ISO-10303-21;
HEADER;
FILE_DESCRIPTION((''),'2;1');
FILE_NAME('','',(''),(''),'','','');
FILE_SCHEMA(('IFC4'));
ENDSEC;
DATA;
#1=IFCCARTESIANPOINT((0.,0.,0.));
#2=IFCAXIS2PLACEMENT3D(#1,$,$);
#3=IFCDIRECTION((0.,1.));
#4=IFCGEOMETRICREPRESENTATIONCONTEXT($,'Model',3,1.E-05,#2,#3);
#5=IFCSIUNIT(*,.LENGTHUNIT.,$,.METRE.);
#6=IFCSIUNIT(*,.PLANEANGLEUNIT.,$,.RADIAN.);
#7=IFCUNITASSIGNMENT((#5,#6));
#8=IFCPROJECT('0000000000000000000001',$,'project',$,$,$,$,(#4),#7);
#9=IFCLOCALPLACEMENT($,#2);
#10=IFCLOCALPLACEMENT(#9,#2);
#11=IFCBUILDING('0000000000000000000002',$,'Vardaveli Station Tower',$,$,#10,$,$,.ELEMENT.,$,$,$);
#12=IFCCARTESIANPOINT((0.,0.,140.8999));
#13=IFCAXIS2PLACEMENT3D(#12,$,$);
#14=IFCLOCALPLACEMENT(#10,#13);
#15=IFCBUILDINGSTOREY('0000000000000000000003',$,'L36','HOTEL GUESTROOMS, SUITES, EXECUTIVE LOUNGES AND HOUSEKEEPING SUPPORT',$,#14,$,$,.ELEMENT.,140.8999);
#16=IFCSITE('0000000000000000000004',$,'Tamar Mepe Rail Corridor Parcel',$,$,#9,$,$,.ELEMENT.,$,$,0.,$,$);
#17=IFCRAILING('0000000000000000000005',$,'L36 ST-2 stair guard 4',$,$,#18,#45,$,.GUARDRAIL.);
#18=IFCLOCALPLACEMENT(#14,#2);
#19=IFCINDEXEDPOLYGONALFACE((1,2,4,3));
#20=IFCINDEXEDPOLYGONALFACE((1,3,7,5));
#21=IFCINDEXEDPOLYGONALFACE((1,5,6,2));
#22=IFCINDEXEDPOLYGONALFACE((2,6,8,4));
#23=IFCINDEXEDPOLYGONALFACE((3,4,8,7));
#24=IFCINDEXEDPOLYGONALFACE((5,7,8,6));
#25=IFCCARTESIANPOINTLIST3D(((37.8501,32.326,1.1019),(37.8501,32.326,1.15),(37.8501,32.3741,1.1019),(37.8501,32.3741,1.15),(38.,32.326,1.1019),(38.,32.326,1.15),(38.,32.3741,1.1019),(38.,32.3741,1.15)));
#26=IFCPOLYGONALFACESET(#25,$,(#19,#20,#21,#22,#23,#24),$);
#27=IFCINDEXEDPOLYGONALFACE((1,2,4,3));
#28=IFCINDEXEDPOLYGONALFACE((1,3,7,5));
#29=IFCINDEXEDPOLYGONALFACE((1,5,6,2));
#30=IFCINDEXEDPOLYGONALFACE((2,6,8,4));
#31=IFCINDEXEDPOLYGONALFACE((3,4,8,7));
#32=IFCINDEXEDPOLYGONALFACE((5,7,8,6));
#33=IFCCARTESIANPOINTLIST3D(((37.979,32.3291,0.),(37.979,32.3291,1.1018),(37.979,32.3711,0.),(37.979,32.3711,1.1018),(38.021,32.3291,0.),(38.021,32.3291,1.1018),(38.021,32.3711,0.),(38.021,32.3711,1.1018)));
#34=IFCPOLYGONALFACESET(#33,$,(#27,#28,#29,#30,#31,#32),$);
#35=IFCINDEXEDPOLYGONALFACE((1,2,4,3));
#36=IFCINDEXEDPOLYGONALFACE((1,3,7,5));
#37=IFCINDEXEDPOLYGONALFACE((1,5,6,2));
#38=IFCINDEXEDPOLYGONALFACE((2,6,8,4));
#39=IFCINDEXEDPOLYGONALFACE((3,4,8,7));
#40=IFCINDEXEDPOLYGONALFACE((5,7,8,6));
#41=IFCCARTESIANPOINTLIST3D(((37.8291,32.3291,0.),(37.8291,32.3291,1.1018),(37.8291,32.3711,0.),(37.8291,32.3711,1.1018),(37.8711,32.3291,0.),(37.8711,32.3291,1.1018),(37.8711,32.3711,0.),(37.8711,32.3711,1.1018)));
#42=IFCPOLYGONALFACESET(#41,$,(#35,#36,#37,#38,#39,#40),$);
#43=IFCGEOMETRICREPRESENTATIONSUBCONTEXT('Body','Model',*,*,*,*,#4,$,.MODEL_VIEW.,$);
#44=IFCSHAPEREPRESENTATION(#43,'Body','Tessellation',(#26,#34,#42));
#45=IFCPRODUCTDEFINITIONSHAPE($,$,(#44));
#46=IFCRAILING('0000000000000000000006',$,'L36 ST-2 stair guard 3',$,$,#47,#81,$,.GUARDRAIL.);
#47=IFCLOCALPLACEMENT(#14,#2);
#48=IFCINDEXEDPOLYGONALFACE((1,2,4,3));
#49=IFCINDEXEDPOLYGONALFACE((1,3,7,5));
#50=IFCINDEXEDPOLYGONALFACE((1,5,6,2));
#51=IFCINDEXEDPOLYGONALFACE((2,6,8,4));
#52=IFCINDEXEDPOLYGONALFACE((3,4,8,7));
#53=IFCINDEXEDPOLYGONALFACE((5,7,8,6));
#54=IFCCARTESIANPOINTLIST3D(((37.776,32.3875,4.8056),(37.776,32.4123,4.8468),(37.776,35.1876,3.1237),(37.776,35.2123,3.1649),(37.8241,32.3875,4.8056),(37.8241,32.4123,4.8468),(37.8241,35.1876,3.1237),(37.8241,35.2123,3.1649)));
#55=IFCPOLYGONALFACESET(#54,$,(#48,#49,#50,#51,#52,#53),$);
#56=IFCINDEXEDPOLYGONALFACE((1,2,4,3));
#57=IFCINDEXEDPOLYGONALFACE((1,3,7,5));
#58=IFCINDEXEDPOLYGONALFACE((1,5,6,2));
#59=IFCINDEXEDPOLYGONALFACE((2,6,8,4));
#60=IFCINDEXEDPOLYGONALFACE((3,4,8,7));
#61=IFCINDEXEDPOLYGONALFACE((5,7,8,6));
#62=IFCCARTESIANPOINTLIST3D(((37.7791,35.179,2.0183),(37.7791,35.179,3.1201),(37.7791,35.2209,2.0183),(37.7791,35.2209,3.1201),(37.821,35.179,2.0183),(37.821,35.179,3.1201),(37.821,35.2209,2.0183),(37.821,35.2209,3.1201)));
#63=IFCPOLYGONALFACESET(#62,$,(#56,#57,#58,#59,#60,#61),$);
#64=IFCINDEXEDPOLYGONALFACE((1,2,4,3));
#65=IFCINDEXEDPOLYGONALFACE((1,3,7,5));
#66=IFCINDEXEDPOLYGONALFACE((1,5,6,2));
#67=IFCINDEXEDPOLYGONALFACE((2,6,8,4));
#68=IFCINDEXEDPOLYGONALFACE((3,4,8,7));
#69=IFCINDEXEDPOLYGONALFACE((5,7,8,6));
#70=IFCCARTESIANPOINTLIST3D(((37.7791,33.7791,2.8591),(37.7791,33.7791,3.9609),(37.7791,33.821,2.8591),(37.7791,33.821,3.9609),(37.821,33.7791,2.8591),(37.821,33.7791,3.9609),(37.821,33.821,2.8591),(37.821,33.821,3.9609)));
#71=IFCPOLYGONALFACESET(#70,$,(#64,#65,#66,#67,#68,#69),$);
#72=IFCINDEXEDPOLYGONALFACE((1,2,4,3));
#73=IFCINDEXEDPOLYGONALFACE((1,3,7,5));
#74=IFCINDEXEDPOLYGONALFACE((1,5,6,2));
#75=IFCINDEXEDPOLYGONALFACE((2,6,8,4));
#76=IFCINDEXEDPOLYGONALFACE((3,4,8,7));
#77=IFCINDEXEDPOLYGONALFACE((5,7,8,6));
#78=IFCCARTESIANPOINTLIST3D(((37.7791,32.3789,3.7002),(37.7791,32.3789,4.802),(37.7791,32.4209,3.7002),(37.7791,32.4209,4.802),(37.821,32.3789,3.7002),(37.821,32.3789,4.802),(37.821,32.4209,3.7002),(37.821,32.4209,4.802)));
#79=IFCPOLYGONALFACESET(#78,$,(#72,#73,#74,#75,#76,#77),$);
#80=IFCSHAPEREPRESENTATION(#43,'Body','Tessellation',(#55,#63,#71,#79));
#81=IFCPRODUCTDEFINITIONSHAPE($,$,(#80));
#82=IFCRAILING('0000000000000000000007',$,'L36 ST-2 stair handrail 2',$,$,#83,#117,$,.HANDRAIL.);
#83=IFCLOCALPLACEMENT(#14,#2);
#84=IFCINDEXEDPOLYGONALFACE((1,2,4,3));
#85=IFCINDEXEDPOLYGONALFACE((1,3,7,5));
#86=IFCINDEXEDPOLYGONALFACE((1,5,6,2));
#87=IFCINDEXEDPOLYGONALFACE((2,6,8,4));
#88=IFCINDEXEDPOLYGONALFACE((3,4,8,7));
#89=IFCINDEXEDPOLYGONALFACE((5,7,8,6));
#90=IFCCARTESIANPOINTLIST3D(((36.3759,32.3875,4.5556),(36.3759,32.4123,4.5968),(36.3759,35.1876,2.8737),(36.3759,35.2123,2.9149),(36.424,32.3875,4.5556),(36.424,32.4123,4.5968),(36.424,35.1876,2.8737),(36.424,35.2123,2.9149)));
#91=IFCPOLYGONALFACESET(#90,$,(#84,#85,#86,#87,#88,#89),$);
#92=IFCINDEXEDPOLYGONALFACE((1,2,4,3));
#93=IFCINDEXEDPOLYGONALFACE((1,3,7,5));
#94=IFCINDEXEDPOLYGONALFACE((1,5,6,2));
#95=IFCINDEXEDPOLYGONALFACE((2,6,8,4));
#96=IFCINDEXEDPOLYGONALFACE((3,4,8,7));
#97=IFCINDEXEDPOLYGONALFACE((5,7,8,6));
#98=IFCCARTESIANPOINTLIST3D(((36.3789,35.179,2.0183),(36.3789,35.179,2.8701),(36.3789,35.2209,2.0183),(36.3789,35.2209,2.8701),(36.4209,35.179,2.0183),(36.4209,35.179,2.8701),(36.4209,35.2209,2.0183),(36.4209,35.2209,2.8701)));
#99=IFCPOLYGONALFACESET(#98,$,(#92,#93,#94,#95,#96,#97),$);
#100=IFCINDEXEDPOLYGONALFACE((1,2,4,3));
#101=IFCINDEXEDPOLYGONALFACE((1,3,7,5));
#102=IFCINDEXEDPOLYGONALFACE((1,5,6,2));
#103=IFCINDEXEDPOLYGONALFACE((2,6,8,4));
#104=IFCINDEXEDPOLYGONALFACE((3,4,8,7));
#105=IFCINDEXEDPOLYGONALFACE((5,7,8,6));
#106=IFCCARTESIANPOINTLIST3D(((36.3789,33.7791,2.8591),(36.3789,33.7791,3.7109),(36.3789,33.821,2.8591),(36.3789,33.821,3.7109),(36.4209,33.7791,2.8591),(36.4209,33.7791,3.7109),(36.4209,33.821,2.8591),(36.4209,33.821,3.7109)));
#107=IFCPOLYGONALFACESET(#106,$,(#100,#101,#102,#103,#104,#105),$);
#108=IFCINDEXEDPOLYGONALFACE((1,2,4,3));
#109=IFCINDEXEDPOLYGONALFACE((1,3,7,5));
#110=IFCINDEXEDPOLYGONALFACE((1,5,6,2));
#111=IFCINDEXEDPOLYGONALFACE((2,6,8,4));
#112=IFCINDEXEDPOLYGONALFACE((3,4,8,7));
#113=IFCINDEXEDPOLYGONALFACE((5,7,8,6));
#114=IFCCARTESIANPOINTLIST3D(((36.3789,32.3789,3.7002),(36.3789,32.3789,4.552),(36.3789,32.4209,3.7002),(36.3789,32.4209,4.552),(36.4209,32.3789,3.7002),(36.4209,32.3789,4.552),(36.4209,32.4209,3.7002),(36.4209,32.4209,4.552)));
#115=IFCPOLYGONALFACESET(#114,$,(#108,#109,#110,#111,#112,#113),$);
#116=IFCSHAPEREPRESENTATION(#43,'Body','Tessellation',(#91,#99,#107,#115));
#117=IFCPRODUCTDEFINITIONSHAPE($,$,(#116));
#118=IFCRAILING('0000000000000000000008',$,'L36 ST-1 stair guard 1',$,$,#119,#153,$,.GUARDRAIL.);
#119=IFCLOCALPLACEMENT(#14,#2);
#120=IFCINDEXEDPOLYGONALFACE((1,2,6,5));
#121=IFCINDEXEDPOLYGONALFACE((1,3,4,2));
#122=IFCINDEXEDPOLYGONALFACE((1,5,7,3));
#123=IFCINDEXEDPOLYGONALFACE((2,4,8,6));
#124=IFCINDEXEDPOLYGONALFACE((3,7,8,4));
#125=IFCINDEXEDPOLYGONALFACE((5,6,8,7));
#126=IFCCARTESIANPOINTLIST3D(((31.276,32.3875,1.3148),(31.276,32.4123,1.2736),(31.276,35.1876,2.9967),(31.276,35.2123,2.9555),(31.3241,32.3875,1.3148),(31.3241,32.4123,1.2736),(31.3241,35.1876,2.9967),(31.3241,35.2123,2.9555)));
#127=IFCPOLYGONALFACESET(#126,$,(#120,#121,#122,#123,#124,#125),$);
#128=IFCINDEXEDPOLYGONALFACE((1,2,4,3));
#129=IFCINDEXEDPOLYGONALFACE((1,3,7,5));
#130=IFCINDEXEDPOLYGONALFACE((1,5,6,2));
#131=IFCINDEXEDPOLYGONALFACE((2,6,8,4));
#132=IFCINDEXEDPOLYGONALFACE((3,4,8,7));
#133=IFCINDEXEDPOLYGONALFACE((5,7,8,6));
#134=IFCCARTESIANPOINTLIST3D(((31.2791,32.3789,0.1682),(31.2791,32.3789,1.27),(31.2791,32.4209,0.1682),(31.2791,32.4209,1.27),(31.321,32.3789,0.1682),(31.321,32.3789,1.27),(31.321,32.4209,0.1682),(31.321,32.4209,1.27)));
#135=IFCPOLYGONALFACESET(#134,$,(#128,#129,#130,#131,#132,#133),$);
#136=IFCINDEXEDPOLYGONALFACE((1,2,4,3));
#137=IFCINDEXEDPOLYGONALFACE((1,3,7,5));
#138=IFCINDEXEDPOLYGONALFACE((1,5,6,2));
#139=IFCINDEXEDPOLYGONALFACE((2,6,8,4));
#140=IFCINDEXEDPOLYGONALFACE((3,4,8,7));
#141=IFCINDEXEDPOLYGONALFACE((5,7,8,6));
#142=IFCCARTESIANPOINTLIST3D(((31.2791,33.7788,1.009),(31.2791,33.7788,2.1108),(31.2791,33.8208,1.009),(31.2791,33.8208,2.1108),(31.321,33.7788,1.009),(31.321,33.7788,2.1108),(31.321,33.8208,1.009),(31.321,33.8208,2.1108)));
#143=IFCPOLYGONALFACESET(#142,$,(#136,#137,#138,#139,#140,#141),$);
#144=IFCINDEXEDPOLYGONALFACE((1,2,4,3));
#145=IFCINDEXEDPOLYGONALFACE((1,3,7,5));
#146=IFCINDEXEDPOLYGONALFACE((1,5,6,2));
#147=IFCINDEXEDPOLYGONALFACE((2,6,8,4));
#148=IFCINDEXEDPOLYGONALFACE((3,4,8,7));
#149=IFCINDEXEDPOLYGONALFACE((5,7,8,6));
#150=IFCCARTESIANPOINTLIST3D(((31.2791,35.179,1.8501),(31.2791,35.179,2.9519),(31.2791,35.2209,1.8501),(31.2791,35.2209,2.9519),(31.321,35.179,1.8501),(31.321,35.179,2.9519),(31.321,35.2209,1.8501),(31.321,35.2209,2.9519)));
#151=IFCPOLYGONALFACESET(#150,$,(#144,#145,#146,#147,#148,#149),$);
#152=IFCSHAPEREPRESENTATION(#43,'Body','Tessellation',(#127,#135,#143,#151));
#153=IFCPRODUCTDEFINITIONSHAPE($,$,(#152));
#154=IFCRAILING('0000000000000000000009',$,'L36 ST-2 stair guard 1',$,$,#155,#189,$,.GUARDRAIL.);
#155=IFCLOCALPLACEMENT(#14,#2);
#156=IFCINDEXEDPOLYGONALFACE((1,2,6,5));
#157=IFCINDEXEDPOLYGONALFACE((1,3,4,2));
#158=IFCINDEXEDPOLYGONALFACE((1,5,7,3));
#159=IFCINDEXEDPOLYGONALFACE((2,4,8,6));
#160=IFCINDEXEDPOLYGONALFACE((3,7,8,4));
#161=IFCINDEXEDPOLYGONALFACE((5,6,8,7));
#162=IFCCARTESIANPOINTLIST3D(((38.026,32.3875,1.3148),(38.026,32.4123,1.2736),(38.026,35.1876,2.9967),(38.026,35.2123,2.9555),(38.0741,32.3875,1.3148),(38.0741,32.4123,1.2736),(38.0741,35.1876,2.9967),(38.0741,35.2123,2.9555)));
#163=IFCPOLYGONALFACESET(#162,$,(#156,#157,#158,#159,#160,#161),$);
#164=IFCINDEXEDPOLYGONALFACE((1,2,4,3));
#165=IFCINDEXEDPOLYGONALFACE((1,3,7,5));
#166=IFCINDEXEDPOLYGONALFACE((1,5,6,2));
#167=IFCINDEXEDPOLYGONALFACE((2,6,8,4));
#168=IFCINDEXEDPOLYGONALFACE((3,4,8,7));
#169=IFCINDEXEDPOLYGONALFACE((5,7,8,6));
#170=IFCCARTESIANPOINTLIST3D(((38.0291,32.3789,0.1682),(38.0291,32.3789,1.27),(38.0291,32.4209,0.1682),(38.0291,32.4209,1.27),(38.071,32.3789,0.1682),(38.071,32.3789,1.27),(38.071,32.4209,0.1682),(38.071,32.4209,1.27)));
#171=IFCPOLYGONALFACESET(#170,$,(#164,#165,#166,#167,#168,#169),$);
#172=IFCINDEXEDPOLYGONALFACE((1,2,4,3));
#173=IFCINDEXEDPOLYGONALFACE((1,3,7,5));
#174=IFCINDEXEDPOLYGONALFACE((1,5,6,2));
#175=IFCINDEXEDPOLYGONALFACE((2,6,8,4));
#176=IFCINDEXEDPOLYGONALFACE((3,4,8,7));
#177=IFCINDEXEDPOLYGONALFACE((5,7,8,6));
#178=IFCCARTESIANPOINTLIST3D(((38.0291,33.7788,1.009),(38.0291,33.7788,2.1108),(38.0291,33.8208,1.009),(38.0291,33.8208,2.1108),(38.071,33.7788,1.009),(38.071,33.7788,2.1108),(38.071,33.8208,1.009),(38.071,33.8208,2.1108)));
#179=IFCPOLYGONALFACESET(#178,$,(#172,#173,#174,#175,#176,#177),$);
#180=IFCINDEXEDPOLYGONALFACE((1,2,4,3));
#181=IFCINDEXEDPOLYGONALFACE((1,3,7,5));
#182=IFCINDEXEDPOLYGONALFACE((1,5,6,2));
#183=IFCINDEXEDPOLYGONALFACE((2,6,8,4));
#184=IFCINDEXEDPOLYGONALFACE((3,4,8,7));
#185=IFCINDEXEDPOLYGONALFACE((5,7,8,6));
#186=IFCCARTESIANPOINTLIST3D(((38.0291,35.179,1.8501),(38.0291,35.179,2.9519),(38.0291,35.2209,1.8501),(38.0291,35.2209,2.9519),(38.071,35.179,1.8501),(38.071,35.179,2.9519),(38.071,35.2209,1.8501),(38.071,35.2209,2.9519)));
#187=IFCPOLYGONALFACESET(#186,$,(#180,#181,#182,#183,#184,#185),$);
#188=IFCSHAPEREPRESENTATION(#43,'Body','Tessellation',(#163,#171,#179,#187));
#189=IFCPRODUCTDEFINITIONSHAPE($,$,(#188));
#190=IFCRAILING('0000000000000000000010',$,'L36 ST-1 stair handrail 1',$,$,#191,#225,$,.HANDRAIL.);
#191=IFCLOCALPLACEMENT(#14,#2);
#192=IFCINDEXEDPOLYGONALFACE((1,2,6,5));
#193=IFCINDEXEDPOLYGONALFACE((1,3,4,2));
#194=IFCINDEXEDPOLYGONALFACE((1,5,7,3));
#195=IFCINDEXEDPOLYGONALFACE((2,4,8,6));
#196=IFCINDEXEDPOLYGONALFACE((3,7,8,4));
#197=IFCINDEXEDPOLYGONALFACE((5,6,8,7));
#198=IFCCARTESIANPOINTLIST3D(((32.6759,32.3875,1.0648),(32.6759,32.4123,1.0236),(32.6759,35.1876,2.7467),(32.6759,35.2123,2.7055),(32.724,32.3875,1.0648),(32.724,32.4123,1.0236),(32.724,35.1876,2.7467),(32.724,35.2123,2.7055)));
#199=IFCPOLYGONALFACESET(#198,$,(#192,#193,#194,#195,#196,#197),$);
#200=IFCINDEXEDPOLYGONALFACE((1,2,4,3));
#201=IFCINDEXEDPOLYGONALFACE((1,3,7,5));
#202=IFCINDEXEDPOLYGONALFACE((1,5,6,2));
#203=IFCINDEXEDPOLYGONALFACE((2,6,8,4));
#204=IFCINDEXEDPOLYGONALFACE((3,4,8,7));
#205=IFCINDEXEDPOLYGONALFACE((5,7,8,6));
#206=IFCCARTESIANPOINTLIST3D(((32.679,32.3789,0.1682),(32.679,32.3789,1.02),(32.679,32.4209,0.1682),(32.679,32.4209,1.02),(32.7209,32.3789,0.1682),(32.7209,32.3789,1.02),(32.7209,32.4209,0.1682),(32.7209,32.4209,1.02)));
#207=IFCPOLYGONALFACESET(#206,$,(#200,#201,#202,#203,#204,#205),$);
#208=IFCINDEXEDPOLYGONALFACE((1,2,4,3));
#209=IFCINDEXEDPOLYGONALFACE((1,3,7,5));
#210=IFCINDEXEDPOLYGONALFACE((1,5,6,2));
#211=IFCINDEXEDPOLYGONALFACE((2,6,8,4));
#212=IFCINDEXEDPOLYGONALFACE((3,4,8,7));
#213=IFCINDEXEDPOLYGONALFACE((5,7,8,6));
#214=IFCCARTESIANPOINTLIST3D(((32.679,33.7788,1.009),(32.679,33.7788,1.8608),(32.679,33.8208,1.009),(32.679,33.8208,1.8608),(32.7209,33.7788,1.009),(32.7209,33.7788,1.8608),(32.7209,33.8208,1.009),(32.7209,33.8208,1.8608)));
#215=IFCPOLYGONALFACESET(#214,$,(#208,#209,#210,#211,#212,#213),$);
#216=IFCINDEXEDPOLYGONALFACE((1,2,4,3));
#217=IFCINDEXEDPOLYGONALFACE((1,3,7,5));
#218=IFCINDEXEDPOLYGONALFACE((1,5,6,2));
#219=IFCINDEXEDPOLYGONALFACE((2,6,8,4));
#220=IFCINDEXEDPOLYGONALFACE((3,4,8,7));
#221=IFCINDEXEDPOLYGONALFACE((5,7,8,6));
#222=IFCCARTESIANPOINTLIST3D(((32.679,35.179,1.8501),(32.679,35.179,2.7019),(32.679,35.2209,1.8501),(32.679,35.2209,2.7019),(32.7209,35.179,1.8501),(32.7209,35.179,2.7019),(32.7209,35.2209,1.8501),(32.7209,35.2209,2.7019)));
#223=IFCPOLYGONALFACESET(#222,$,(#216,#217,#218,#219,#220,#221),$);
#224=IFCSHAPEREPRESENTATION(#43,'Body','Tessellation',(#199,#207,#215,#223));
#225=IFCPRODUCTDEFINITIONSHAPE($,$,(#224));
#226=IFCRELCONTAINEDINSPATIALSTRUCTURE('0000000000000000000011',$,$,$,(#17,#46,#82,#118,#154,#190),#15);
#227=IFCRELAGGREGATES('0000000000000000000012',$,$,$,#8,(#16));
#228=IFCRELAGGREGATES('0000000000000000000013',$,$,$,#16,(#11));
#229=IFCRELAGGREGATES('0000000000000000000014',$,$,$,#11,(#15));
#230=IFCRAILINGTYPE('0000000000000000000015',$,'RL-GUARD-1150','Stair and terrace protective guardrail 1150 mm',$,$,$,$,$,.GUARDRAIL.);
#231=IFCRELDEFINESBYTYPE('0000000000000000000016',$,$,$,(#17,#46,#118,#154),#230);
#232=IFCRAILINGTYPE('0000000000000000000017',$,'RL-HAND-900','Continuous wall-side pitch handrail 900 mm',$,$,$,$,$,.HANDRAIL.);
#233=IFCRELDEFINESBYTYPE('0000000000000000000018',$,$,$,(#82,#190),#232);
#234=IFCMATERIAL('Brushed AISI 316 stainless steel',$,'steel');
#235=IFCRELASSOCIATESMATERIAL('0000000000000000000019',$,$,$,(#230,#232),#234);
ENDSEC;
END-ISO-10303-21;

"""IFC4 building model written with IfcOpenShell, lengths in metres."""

from ifc_helpers import new_model, si_unit, direction, frame, origin, origin_2d, place, context, subcontext, project, spatial, rectangle, extrude, source, transform, mapped, material, type_object, element, save


model = new_model("IFC4")

# Units and contexts
model_context = context("Model", 3, precision=1e-05, world=origin(), true_north=direction((0.0, 1.0)))
body_context = subcontext(model_context, "Body", "Model", "MODEL_VIEW")
ifc_project = project(units=[si_unit("LENGTHUNIT", "METRE"), si_unit("PLANEANGLEUNIT", "RADIAN")], contexts=[model_context])

# Site, building, storey
site_placement = place(None, origin())
site = spatial("IfcSite", under=ifc_project, at=site_placement, Name="Tamar Mepe Rail Corridor Parcel", CompositionType="ELEMENT", RefElevation=0.0)
building_placement = place(site_placement, origin())
building = spatial("IfcBuilding", under=site, at=building_placement, Name="Vardaveli Station Tower", CompositionType="ELEMENT")
storey_placement = place(building_placement, frame((0.0, 0.0, 140.8999)))
storey = spatial("IfcBuildingStorey", under=building, at=storey_placement, Name="L36", Description="HOTEL GUESTROOMS, SUITES, EXECUTIVE LOUNGES AND HOUSEKEEPING SUPPORT", CompositionType="ELEMENT", Elevation=140.8999)

# Railings
ifc_material_1 = material(Name="Brushed AISI 316 stainless steel", Category="steel")
railing_type_1 = type_object("IfcRailingType", Name="RL-GUARD-1150", Description="Stair and terrace protective guardrail 1150 mm", PredefinedType="GUARDRAIL", material=ifc_material_1)
shared_shape_1 = source(origin(), body_context, "Body", "SweptSolid", [
    extrude(rectangle(XDim=0.0481, YDim=0.0481, at=origin_2d()), frame((0.0, 0.0, 1.126), z_axis=(-1.0, 0.0, 0.0), x_axis=(0.0, -1.0, 0.0)), (0.0, 0.0, 1.0), 0.1499),
    extrude(rectangle(XDim=0.042, YDim=0.042, at=origin_2d()), origin(), (0.0, 0.0, 1.0), 1.1018),
    extrude(rectangle(XDim=0.042, YDim=0.042, at=origin_2d()), frame((-0.1499, 0.0, 0.0)), (0.0, 0.0, 1.0), 1.1018),
])
for number, where, name in (
    (1, (38.0, 32.3501, 0.0), "L36 ST-2 stair guard 4"),
):
    element("IfcRailing", number, at=place(storey_placement, frame(where)), inside=storey, type_object=railing_type_1, Name=name, PredefinedType="GUARDRAIL", context=body_context, shape_type="MappedRepresentation", body=[
        mapped(shared_shape_1, transform((0.0, 0.0, 0.0), scale=1.0)),
    ])
shared_shape_2 = source(origin(), body_context, "Body", "SweptSolid", [
    extrude(rectangle(XDim=0.0481, YDim=0.0481, at=origin_2d()), frame((0.0, 0.0, 1.126), z_axis=(0.0, -0.857242, 0.514913), x_axis=(1.0, 0.0, 0.0)), (0.0, 0.0, 1.0), 3.2664),
    extrude(rectangle(XDim=0.042, YDim=0.042, at=origin_2d()), origin(), (0.0, 0.0, 1.0), 1.1018),
    extrude(rectangle(XDim=0.042, YDim=0.042, at=origin_2d()), frame((0.0, -1.3999, 0.8408)), (0.0, 0.0, 1.0), 1.1018),
    extrude(rectangle(XDim=0.042, YDim=0.042, at=origin_2d()), frame((0.0, -2.8, 1.6819)), (0.0, 0.0, 1.0), 1.1018),
])
railing_1_placement = place(storey_placement, frame((37.8, 35.2, 2.0183)))
element("IfcRailing", 2, at=railing_1_placement, inside=storey, type_object=railing_type_1, Name="L36 ST-2 stair guard 3", PredefinedType="GUARDRAIL", context=body_context, shape_type="MappedRepresentation", body=[
    mapped(shared_shape_2, transform((0.0, 0.0, 0.0), scale=1.0)),
])
railing_type_2 = type_object("IfcRailingType", Name="RL-HAND-900", Description="Continuous wall-side pitch handrail 900 mm", PredefinedType="HANDRAIL", material=ifc_material_1)
shared_shape_3 = source(origin(), body_context, "Body", "SweptSolid", [
    extrude(rectangle(XDim=0.0481, YDim=0.0481, at=origin_2d()), frame((0.0, 0.0, 0.876), z_axis=(0.0, -0.857242, 0.514913), x_axis=(1.0, 0.0, 0.0)), (0.0, 0.0, 1.0), 3.2664),
    extrude(rectangle(XDim=0.042, YDim=0.042, at=origin_2d()), origin(), (0.0, 0.0, 1.0), 0.8518),
    extrude(rectangle(XDim=0.042, YDim=0.042, at=origin_2d()), frame((0.0, -1.3999, 0.8408)), (0.0, 0.0, 1.0), 0.8518),
    extrude(rectangle(XDim=0.042, YDim=0.042, at=origin_2d()), frame((0.0, -2.8, 1.6819)), (0.0, 0.0, 1.0), 0.8518),
])
railing_2_placement = place(storey_placement, frame((36.3999, 35.2, 2.0183)))
element("IfcRailing", 3, at=railing_2_placement, inside=storey, type_object=railing_type_2, Name="L36 ST-2 stair handrail 2", PredefinedType="HANDRAIL", context=body_context, shape_type="MappedRepresentation", body=[
    mapped(shared_shape_3, transform((0.0, 0.0, 0.0), scale=1.0)),
])
shared_shape_4 = source(origin(), body_context, "Body", "SweptSolid", [
    extrude(rectangle(XDim=0.0481, YDim=0.0481, at=origin_2d()), frame((0.0, 0.0, 1.126), z_axis=(0.0, 0.857242, 0.514913), x_axis=(-1.0, 0.0, 0.0)), (0.0, 0.0, 1.0), 3.2664),
    extrude(rectangle(XDim=0.042, YDim=0.042, at=origin_2d()), origin(), (0.0, 0.0, 1.0), 1.1018),
    extrude(rectangle(XDim=0.042, YDim=0.042, at=origin_2d()), frame((0.0, 1.3999, 0.8408)), (0.0, 0.0, 1.0), 1.1018),
    extrude(rectangle(XDim=0.042, YDim=0.042, at=origin_2d()), frame((0.0, 2.8, 1.6819)), (0.0, 0.0, 1.0), 1.1018),
])
for number, where, name in (
    (4, (31.3, 32.3999, 0.1682), "L36 ST-1 stair guard 1"),
    (5, (38.05, 32.3999, 0.1682), "L36 ST-2 stair guard 1"),
):
    element("IfcRailing", number, at=place(storey_placement, frame(where)), inside=storey, type_object=railing_type_1, Name=name, PredefinedType="GUARDRAIL", context=body_context, shape_type="MappedRepresentation", body=[
        mapped(shared_shape_4, transform((0.0, 0.0, 0.0), scale=1.0)),
    ])
shared_shape_5 = source(origin(), body_context, "Body", "SweptSolid", [
    extrude(rectangle(XDim=0.0481, YDim=0.0481, at=origin_2d()), frame((0.0, 0.0, 0.876), z_axis=(0.0, 0.857242, 0.514913), x_axis=(-1.0, 0.0, 0.0)), (0.0, 0.0, 1.0), 3.2664),
    extrude(rectangle(XDim=0.042, YDim=0.042, at=origin_2d()), origin(), (0.0, 0.0, 1.0), 0.8518),
    extrude(rectangle(XDim=0.042, YDim=0.042, at=origin_2d()), frame((0.0, 1.3999, 0.8408)), (0.0, 0.0, 1.0), 0.8518),
    extrude(rectangle(XDim=0.042, YDim=0.042, at=origin_2d()), frame((0.0, 2.8, 1.6819)), (0.0, 0.0, 1.0), 0.8518),
])
for number, where, name in (
    (6, (32.7, 32.3999, 0.1682), "L36 ST-1 stair handrail 1"),
):
    element("IfcRailing", number, at=place(storey_placement, frame(where)), inside=storey, type_object=railing_type_2, Name=name, PredefinedType="HANDRAIL", context=body_context, shape_type="MappedRepresentation", body=[
        mapped(shared_shape_5, transform((0.0, 0.0, 0.0), scale=1.0)),
    ])

save(model, "model.ifc")
